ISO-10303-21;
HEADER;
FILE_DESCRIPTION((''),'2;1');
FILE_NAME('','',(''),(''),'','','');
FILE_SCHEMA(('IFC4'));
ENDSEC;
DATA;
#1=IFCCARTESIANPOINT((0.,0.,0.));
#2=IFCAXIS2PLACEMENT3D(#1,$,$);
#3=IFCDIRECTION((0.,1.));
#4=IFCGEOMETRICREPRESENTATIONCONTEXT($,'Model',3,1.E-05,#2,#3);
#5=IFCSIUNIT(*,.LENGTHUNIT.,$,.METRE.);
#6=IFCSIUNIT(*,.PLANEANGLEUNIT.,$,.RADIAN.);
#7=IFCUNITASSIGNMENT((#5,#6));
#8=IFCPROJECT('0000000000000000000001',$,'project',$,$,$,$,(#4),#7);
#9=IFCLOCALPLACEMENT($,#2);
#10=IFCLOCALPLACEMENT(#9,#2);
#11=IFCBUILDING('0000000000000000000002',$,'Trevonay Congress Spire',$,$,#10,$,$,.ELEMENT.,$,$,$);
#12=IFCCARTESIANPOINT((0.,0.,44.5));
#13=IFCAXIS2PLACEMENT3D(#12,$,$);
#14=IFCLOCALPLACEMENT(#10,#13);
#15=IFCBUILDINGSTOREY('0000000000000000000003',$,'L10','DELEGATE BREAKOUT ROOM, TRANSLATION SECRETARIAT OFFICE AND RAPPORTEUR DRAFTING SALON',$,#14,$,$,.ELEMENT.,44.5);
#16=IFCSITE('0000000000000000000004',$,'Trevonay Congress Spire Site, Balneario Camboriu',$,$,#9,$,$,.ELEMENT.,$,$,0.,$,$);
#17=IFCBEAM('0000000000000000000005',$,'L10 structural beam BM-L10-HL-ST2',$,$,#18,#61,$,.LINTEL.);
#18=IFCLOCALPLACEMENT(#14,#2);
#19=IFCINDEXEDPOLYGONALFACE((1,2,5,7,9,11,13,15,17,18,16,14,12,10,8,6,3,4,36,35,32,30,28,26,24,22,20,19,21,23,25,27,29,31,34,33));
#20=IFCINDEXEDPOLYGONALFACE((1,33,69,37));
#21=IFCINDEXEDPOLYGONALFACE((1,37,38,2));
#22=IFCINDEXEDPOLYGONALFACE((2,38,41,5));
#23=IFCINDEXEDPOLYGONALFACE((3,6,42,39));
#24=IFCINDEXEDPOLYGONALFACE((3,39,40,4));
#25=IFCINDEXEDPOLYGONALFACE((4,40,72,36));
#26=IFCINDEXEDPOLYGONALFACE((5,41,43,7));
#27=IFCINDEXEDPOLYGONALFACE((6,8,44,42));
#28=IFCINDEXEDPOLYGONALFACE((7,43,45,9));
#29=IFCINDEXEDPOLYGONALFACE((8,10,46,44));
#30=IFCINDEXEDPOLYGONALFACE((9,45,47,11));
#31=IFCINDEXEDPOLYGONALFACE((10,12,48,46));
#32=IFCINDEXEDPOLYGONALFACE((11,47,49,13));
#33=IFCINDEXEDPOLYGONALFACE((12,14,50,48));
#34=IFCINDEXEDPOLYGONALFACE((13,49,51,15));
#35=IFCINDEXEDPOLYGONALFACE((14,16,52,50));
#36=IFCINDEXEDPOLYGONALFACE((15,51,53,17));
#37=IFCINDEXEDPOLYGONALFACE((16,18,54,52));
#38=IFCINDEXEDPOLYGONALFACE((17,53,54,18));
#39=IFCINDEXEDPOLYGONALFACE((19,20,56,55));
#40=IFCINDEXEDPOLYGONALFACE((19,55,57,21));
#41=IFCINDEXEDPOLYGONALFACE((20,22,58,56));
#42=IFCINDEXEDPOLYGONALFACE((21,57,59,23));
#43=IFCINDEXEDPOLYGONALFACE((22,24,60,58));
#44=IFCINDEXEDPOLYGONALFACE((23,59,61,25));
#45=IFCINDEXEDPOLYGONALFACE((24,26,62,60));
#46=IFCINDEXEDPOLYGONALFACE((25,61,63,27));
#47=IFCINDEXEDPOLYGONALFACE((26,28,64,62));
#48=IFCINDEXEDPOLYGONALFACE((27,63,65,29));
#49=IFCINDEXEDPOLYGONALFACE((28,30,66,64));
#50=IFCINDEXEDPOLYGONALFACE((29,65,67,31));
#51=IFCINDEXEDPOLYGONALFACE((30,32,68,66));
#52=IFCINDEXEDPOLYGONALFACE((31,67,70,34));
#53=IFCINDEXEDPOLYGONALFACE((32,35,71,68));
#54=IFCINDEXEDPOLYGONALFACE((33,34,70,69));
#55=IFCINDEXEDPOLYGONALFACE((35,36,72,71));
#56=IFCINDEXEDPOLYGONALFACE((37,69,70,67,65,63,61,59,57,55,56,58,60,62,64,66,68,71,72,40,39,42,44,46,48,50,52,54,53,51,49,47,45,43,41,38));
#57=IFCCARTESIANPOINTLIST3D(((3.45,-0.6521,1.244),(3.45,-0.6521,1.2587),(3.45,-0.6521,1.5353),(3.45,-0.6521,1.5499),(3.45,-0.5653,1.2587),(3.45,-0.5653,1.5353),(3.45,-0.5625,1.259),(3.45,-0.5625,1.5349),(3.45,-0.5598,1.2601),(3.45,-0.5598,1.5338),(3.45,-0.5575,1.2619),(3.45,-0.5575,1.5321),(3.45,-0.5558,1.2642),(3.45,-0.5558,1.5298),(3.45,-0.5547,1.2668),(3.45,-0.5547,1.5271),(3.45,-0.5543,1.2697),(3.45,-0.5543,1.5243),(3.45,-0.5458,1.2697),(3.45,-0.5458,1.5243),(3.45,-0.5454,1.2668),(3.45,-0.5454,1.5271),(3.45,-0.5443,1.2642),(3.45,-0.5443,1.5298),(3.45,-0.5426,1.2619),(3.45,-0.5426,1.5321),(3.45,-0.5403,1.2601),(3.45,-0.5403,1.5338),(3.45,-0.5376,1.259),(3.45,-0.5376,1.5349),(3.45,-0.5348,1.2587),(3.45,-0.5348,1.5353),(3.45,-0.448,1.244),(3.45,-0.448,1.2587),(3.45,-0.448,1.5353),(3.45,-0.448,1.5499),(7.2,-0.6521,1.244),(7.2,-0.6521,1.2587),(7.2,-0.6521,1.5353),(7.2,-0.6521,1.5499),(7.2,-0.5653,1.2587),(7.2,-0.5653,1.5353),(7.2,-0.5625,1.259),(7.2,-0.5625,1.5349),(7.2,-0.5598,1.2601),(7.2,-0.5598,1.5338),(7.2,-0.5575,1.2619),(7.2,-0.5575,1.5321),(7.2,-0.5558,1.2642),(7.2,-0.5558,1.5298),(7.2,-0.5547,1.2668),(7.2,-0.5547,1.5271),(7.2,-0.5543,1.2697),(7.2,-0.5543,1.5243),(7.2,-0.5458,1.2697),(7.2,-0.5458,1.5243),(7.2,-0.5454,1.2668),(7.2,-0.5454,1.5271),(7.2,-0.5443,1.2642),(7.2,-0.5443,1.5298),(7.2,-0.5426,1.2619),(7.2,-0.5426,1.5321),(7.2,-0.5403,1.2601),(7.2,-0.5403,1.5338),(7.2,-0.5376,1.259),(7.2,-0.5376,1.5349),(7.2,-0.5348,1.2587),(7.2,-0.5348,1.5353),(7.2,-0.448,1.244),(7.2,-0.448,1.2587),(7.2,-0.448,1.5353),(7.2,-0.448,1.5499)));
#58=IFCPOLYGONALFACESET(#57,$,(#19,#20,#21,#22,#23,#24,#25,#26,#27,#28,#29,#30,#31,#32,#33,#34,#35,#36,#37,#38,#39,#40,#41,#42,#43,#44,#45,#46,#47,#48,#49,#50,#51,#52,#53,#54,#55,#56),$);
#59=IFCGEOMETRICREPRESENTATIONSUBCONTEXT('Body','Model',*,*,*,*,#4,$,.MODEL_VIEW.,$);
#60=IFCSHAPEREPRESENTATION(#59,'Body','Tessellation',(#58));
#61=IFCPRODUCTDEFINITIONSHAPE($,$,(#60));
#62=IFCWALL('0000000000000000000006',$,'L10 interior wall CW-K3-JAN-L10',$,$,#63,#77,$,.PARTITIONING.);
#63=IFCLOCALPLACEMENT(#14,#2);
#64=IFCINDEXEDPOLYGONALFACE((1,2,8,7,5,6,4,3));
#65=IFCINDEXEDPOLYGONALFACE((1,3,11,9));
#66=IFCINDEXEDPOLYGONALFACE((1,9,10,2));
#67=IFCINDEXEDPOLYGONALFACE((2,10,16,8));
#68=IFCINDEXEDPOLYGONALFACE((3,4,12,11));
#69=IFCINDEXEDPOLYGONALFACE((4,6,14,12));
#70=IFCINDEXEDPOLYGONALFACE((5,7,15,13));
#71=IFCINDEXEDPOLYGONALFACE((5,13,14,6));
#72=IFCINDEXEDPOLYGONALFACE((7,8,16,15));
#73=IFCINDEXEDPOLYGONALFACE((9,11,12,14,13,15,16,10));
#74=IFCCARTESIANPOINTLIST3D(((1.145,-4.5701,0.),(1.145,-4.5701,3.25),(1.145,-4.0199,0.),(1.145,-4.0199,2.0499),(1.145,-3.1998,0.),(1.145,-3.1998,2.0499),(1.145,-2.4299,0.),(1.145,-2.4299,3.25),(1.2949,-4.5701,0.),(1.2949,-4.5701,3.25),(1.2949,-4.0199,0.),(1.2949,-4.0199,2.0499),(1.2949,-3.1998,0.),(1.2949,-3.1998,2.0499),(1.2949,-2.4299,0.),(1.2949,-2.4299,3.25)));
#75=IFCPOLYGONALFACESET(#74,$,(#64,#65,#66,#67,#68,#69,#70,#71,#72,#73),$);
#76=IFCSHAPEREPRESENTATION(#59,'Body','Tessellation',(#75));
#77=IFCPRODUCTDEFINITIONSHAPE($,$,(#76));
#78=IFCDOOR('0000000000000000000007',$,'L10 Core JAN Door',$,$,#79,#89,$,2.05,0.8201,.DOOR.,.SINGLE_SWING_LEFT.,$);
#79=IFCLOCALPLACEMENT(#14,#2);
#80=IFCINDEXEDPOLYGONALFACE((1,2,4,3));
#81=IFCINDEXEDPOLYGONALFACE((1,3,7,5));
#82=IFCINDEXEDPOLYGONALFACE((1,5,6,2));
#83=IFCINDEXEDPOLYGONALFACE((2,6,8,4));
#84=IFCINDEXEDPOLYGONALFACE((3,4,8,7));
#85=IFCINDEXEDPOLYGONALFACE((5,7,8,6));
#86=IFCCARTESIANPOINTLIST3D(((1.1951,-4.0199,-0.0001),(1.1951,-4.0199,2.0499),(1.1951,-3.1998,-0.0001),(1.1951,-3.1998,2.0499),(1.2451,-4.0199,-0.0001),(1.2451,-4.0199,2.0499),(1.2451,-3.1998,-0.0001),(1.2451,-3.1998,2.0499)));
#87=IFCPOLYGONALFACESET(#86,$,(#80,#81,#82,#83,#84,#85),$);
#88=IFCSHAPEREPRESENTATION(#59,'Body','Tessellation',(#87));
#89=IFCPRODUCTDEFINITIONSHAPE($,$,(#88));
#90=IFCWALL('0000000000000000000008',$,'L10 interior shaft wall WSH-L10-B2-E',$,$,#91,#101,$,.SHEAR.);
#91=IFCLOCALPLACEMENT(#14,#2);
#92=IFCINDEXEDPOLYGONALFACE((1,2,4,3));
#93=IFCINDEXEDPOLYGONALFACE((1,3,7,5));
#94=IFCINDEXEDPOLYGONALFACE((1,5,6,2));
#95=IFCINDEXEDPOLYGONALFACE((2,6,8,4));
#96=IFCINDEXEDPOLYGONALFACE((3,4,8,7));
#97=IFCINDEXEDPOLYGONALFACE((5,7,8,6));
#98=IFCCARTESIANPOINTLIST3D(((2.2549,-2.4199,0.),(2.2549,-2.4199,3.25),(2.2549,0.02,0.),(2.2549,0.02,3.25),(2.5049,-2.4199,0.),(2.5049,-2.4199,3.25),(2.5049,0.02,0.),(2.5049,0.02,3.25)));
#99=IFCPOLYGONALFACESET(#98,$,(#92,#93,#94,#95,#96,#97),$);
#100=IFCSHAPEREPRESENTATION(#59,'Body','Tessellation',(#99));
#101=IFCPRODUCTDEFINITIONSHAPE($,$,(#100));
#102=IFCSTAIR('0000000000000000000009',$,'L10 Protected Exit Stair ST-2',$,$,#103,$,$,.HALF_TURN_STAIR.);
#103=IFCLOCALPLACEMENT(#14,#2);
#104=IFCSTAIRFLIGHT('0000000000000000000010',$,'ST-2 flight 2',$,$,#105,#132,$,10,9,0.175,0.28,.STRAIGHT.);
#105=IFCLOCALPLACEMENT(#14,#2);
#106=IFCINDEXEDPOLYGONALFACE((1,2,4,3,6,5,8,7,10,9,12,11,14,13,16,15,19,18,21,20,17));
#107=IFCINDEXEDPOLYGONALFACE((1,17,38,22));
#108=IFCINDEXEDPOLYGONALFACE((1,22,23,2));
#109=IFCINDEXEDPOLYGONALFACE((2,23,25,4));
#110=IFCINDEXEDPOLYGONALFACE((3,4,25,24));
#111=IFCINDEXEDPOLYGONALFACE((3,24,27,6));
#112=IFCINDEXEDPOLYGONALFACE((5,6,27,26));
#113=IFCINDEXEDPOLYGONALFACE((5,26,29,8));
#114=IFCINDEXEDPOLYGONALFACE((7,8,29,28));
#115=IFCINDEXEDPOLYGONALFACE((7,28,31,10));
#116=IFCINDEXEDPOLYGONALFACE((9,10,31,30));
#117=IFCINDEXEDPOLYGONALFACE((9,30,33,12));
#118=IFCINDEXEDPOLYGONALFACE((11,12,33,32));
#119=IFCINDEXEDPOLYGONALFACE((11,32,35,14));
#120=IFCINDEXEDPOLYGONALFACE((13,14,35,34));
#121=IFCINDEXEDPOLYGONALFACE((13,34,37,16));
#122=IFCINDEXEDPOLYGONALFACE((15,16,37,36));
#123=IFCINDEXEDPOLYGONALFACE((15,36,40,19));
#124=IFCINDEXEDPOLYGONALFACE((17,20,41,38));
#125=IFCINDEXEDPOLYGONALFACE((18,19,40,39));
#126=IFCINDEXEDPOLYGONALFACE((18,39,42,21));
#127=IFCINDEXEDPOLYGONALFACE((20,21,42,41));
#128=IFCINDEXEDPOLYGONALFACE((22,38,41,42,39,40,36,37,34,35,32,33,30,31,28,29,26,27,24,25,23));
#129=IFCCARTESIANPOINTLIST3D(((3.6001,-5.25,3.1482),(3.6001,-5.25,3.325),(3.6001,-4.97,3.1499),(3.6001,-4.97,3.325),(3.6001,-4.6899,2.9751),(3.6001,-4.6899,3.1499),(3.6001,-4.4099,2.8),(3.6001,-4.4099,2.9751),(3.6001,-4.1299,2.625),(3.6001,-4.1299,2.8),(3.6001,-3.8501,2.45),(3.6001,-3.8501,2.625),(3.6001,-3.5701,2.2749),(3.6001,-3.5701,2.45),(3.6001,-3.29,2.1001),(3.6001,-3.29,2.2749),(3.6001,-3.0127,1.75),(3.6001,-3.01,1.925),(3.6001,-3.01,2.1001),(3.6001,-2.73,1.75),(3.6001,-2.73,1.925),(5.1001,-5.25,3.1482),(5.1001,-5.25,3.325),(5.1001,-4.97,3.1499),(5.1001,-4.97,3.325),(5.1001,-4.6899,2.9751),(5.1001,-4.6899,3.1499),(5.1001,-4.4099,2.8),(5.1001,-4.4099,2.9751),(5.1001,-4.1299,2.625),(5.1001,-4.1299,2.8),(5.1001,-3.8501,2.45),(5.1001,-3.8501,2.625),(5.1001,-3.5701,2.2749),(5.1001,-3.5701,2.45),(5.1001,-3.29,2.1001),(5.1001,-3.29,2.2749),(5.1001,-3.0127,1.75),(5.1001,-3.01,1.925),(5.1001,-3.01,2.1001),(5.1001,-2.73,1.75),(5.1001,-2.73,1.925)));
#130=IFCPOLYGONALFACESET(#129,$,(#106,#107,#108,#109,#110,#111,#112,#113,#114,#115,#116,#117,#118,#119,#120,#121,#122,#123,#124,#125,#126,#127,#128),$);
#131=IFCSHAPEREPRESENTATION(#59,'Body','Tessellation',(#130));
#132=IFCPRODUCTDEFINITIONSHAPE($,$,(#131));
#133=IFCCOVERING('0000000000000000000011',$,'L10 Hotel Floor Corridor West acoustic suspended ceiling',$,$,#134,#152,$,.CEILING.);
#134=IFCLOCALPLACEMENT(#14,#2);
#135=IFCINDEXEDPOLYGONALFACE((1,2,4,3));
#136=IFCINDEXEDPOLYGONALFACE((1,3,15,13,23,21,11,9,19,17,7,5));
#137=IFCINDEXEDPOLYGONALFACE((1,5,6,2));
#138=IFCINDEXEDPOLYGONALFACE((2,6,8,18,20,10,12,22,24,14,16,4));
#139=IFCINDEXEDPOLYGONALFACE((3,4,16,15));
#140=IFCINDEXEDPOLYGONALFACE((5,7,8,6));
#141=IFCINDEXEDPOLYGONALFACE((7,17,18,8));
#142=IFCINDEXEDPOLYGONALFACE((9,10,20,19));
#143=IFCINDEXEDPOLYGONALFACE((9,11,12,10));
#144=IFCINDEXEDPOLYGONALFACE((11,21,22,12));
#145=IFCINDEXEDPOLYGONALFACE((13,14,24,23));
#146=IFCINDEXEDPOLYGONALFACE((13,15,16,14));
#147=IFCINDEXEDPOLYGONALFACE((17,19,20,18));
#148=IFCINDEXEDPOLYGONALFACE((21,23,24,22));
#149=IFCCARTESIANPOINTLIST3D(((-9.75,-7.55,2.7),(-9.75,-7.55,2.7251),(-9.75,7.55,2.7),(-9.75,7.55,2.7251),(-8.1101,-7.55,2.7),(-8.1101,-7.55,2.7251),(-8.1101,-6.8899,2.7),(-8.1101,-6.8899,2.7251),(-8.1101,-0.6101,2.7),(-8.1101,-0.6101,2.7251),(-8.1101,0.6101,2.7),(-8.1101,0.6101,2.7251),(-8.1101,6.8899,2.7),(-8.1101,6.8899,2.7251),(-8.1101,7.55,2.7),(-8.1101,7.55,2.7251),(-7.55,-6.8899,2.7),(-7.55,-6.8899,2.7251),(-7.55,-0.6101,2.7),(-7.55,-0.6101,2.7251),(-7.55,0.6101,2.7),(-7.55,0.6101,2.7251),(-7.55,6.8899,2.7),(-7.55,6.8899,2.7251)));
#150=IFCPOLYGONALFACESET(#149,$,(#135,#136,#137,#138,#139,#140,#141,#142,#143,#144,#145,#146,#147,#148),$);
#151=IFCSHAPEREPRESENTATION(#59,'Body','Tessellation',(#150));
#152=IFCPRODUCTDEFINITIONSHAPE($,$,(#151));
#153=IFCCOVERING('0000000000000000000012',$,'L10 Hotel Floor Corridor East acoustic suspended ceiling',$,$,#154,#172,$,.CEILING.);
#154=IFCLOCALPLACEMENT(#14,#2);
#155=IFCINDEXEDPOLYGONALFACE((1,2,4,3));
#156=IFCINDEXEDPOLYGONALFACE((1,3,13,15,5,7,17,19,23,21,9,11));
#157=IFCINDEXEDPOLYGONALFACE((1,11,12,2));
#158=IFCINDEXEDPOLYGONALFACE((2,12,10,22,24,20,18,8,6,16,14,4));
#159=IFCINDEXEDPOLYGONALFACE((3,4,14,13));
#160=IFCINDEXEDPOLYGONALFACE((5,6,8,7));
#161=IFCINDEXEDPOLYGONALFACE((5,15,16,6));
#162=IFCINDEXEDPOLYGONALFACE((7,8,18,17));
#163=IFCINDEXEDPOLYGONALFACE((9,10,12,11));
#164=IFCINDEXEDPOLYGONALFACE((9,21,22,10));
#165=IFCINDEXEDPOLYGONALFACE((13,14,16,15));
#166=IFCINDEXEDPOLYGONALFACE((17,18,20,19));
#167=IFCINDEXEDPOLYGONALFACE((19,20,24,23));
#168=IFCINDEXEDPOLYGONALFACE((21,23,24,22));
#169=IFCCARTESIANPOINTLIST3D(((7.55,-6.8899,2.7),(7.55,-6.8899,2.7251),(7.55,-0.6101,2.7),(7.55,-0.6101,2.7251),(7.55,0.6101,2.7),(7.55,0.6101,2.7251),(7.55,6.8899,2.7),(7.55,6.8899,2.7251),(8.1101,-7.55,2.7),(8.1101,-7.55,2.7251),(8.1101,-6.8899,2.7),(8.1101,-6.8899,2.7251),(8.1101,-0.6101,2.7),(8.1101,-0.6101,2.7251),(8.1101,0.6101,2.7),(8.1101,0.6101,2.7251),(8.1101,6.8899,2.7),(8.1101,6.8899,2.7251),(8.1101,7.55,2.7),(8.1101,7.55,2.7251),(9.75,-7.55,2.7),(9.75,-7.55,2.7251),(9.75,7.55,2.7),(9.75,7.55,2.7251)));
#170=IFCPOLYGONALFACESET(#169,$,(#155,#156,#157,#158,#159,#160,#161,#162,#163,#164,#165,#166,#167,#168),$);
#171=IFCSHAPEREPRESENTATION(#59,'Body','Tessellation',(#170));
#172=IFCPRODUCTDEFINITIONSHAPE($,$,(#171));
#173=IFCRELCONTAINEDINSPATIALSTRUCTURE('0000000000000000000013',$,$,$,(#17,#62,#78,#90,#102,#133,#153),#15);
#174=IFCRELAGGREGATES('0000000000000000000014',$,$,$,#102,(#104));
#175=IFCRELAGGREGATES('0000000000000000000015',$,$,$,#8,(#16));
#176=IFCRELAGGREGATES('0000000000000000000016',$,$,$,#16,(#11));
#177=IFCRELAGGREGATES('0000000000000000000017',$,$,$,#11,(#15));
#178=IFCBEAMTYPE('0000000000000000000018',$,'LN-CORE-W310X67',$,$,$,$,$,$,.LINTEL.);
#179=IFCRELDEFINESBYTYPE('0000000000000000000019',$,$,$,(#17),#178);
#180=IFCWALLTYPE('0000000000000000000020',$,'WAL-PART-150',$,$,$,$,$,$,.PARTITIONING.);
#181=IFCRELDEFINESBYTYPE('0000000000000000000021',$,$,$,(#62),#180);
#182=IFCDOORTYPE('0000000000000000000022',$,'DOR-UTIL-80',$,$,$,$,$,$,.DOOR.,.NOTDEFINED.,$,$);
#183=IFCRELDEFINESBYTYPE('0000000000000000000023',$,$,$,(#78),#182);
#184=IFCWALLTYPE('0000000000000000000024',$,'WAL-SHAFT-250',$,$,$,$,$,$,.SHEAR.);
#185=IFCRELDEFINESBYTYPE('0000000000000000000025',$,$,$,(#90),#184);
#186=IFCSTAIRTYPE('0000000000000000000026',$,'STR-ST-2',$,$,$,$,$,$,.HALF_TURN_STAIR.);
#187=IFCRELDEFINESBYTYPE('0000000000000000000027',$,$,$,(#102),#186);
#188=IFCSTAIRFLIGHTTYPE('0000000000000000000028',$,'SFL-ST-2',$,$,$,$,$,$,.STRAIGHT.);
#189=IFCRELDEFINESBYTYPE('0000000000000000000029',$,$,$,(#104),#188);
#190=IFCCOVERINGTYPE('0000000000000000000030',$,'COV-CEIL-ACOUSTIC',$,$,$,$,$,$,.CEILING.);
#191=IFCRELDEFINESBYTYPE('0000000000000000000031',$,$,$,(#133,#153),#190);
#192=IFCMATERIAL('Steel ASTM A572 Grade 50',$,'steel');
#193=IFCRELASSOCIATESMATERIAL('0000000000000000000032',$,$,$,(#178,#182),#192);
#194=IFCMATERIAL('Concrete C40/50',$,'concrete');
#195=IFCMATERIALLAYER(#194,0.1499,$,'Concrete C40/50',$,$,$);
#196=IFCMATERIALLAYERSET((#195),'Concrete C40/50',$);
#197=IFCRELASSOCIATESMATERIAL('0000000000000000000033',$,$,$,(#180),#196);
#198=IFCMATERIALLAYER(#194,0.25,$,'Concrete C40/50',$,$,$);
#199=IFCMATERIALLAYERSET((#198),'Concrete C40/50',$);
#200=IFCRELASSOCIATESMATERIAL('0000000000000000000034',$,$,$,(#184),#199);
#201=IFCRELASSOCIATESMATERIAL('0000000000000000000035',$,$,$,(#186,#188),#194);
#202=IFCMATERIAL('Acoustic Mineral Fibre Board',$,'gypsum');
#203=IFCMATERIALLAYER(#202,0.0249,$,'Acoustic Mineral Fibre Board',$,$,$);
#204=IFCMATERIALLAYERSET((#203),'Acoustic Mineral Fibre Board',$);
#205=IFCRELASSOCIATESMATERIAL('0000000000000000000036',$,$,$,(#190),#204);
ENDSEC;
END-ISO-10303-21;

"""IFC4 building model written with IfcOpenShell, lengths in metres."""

from ifc_helpers import new_model, si_unit, direction, frame, frame_2d, origin, origin_2d, place, context, subcontext, project, spatial, polyline, rectangle, i_section, outline, extrude, material, layer, layer_set, material_profile, profile_set, type_object, element, fill, aggregate, save


model = new_model("IFC4")

# Units and contexts
model_context = context("Model", 3, precision=1e-05, world=origin(), true_north=direction((0.0, 1.0)))
body_context = subcontext(model_context, "Body", "Model", "MODEL_VIEW")
ifc_project = project(units=[si_unit("LENGTHUNIT", "METRE"), si_unit("PLANEANGLEUNIT", "RADIAN")], contexts=[model_context])

# Site, building, storey
site_placement = place(None, origin())
site = spatial("IfcSite", under=ifc_project, at=site_placement, Name="Trevonay Congress Spire Site, Balneario Camboriu", CompositionType="ELEMENT", RefElevation=0.0)
building_placement = place(site_placement, origin())
building = spatial("IfcBuilding", under=site, at=building_placement, Name="Trevonay Congress Spire", CompositionType="ELEMENT")
storey_placement = place(building_placement, frame((0.0, 0.0, 44.5)))
storey = spatial("IfcBuildingStorey", under=building, at=storey_placement, Name="L10", Description="DELEGATE BREAKOUT ROOM, TRANSLATION SECRETARIAT OFFICE AND RAPPORTEUR DRAFTING SALON", CompositionType="ELEMENT", Elevation=44.5)

# Beam
ifc_material_1 = material(Name="Steel ASTM A572 Grade 50", Category="steel")
ifc_material_profile = material_profile(ifc_material_1, i_section(OverallWidth=0.2041, OverallDepth=0.3059, WebThickness=0.0085, FlangeThickness=0.0146, FilletRadius=0.011, at=origin_2d()), Name="W310x67")
ifc_profile_set = profile_set([ifc_material_profile], Name="Steel ASTM A572 Grade 50")
beam_type = type_object("IfcBeamType", Name="LN-CORE-W310X67", PredefinedType="LINTEL", material=ifc_profile_set)
beam_placement = place(storey_placement, frame((3.45, -0.55, 1.397), z_axis=(1.0, 0.0, 0.0), x_axis=(0.0, 1.0, 0.0)))
element("IfcBeam", 1, at=beam_placement, inside=storey, type_object=beam_type, Name="L10 structural beam BM-L10-HL-ST2", PredefinedType="LINTEL", context=body_context, shape_type="SweptSolid", body=[
    extrude(i_section(OverallWidth=0.2041, OverallDepth=0.3059, WebThickness=0.0085, FlangeThickness=0.0146, FilletRadius=0.011, at=origin_2d()), origin(), (0.0, 0.0, 1.0), 3.75),
])

# Wall, opening, door
ifc_material_2 = material(Name="Concrete C40/50", Category="concrete")
ifc_layer_1 = layer(ifc_material_2, 0.1499, Name="Concrete C40/50")
ifc_layer_set_1 = layer_set([ifc_layer_1], Name="Concrete C40/50")
wall_type_1 = type_object("IfcWallType", Name="WAL-PART-150", PredefinedType="PARTITIONING", material=ifc_layer_set_1)
wall_1_placement = place(storey_placement, frame((1.22, -4.5701, 0.0), z_axis=(0.0, 0.0, 1.0), x_axis=(0.0, 1.0, 0.0)))
wall_1 = element("IfcWall", 2, at=wall_1_placement, inside=storey, type_object=wall_type_1, Name="L10 interior wall CW-K3-JAN-L10", PredefinedType="PARTITIONING", context=body_context, shape_type="SweptSolid", body=[
    extrude(rectangle(XDim=2.1401, YDim=0.1499, at=frame_2d((1.0701, 0.0))), origin(), (0.0, 0.0, 1.0), 3.25),
])
opening_placement = place(wall_1_placement, frame((0.55, 0.0, 0.0)))
opening = element("IfcOpeningElement", 3, at=opening_placement, cuts=wall_1, PredefinedType="OPENING", context=body_context, shape_type="SweptSolid", body=[
    extrude(rectangle(XDim=0.8201, YDim=2.05, at=frame_2d((0.4102, 1.0249))), frame((0.0, 0.085, 0.0), z_axis=(0.0, -1.0, 0.0), x_axis=(1.0, 0.0, 0.0)), (0.0, 0.0, 1.0), 0.1699),
])
door_type = type_object("IfcDoorType", Name="DOR-UTIL-80", OperationType="NOTDEFINED", PredefinedType="DOOR", material=ifc_material_1)
door_placement = place(opening_placement, origin())
door = element("IfcDoor", 4, at=door_placement, inside=storey, type_object=door_type, Name="L10 Core JAN Door", OperationType="SINGLE_SWING_LEFT", OverallHeight=2.05, OverallWidth=0.8201, PredefinedType="DOOR", context=body_context, shape_type="SweptSolid", body=[
    extrude(rectangle(XDim=0.8201, YDim=2.05, at=frame_2d((0.4102, 1.0249))), frame((0.0, 0.0249, 0.0), z_axis=(0.0, -1.0, 0.0), x_axis=(1.0, 0.0, 0.0)), (0.0, 0.0, 1.0), 0.05),
])
fill(opening, door)

# Wall
ifc_layer_2 = layer(ifc_material_2, 0.25, Name="Concrete C40/50")
ifc_layer_set_2 = layer_set([ifc_layer_2], Name="Concrete C40/50")
wall_type_2 = type_object("IfcWallType", Name="WAL-SHAFT-250", PredefinedType="SHEAR", material=ifc_layer_set_2)
wall_2_placement = place(storey_placement, frame((2.3799, -2.4199, 0.0), z_axis=(0.0, 0.0, 1.0), x_axis=(0.0, 1.0, 0.0)))
element("IfcWall", 5, at=wall_2_placement, inside=storey, type_object=wall_type_2, Name="L10 interior shaft wall WSH-L10-B2-E", PredefinedType="SHEAR", context=body_context, shape_type="SweptSolid", body=[
    extrude(rectangle(XDim=2.4399, YDim=0.25, at=frame_2d((1.22, 0.0))), origin(), (0.0, 0.0, 1.0), 3.25),
])

# Stair, stair flight
stair_type = type_object("IfcStairType", Name="STR-ST-2", PredefinedType="HALF_TURN_STAIR", material=ifc_material_2)
stair_placement = place(storey_placement, origin())
stair = element("IfcStair", 6, at=stair_placement, inside=storey, type_object=stair_type, Name="L10 Protected Exit Stair ST-2", PredefinedType="HALF_TURN_STAIR")
stair_flight_type = type_object("IfcStairFlightType", Name="SFL-ST-2", PredefinedType="STRAIGHT", material=ifc_material_2)
stair_flight_placement = place(storey_placement, frame((4.3501, -2.73, 1.75), z_axis=(0.0, 0.0, 1.0), x_axis=(0.0, -1.0, 0.0)))
stair_flight = element("IfcStairFlight", 7, at=stair_flight_placement, type_object=stair_flight_type, Name="ST-2 flight 2", NumberOfRisers=10, NumberOfTreads=9, PredefinedType="STRAIGHT", RiserHeight=0.175, TreadLength=0.28, context=body_context, shape_type="SweptSolid", body=[
    extrude(outline(polyline([(0.0, 0.0), (0.0, 0.175), (0.28, 0.175), (0.28, 0.3501), (0.5601, 0.3501), (0.5601, 0.5249), (0.8401, 0.5249), (0.8401, 0.7), (1.1201, 0.7), (1.1201, 0.875), (1.3999, 0.875), (1.3999, 1.05), (1.6799, 1.05), (1.6799, 1.2251), (1.96, 1.2251), (1.96, 1.3999), (2.24, 1.3999), (2.24, 1.575), (2.52, 1.575), (2.52, 1.75), (2.52, 1.3982), (0.2827, 0.0), (0.0, 0.0)])), frame((0.0, 0.75, 0.0), z_axis=(0.0, -1.0, 0.0), x_axis=(1.0, 0.0, 0.0)), (0.0, 0.0, 1.0), 1.5),
])
aggregate(stair, [stair_flight])

# Coverings
ifc_material_3 = material(Name="Acoustic Mineral Fibre Board", Category="gypsum")
ifc_layer_3 = layer(ifc_material_3, 0.0249, Name="Acoustic Mineral Fibre Board")
ifc_layer_set_3 = layer_set([ifc_layer_3], Name="Acoustic Mineral Fibre Board")
covering_type_1 = type_object("IfcCoveringType", Name="COV-CEIL-ACOUSTIC", PredefinedType="CEILING", material=ifc_layer_set_3)
covering_1_placement = place(storey_placement, frame((0.0, 0.0, 2.7)))
element("IfcCovering", 8, at=covering_1_placement, inside=storey, type_object=covering_type_1, Name="L10 Hotel Floor Corridor West acoustic suspended ceiling", PredefinedType="CEILING", context=body_context, shape_type="SweptSolid", body=[
    extrude(outline(polyline([(-9.75, 7.55), (-8.1101, 7.55), (-8.1101, 6.8899), (-7.55, 6.8899), (-7.55, 0.6101), (-8.1101, 0.6101), (-8.1101, -0.6101), (-7.55, -0.6101), (-7.55, -6.8899), (-8.1101, -6.8899), (-8.1101, -7.55), (-9.75, -7.55), (-9.75, 7.55)])), origin(), (0.0, 0.0, 1.0), 0.0251),
])
covering_2_placement = place(storey_placement, frame((0.0, 0.0, 2.7)))
element("IfcCovering", 9, at=covering_2_placement, inside=storey, type_object=covering_type_1, Name="L10 Hotel Floor Corridor East acoustic suspended ceiling", PredefinedType="CEILING", context=body_context, shape_type="SweptSolid", body=[
    extrude(outline(polyline([(9.75, -7.55), (8.1101, -7.55), (8.1101, -6.8899), (7.55, -6.8899), (7.55, -0.6101), (8.1101, -0.6101), (8.1101, 0.6101), (7.55, 0.6101), (7.55, 6.8899), (8.1101, 6.8899), (8.1101, 7.55), (9.75, 7.55), (9.75, -7.55)])), origin(), (0.0, 0.0, 1.0), 0.0251),
])

save(model, "model.ifc")
